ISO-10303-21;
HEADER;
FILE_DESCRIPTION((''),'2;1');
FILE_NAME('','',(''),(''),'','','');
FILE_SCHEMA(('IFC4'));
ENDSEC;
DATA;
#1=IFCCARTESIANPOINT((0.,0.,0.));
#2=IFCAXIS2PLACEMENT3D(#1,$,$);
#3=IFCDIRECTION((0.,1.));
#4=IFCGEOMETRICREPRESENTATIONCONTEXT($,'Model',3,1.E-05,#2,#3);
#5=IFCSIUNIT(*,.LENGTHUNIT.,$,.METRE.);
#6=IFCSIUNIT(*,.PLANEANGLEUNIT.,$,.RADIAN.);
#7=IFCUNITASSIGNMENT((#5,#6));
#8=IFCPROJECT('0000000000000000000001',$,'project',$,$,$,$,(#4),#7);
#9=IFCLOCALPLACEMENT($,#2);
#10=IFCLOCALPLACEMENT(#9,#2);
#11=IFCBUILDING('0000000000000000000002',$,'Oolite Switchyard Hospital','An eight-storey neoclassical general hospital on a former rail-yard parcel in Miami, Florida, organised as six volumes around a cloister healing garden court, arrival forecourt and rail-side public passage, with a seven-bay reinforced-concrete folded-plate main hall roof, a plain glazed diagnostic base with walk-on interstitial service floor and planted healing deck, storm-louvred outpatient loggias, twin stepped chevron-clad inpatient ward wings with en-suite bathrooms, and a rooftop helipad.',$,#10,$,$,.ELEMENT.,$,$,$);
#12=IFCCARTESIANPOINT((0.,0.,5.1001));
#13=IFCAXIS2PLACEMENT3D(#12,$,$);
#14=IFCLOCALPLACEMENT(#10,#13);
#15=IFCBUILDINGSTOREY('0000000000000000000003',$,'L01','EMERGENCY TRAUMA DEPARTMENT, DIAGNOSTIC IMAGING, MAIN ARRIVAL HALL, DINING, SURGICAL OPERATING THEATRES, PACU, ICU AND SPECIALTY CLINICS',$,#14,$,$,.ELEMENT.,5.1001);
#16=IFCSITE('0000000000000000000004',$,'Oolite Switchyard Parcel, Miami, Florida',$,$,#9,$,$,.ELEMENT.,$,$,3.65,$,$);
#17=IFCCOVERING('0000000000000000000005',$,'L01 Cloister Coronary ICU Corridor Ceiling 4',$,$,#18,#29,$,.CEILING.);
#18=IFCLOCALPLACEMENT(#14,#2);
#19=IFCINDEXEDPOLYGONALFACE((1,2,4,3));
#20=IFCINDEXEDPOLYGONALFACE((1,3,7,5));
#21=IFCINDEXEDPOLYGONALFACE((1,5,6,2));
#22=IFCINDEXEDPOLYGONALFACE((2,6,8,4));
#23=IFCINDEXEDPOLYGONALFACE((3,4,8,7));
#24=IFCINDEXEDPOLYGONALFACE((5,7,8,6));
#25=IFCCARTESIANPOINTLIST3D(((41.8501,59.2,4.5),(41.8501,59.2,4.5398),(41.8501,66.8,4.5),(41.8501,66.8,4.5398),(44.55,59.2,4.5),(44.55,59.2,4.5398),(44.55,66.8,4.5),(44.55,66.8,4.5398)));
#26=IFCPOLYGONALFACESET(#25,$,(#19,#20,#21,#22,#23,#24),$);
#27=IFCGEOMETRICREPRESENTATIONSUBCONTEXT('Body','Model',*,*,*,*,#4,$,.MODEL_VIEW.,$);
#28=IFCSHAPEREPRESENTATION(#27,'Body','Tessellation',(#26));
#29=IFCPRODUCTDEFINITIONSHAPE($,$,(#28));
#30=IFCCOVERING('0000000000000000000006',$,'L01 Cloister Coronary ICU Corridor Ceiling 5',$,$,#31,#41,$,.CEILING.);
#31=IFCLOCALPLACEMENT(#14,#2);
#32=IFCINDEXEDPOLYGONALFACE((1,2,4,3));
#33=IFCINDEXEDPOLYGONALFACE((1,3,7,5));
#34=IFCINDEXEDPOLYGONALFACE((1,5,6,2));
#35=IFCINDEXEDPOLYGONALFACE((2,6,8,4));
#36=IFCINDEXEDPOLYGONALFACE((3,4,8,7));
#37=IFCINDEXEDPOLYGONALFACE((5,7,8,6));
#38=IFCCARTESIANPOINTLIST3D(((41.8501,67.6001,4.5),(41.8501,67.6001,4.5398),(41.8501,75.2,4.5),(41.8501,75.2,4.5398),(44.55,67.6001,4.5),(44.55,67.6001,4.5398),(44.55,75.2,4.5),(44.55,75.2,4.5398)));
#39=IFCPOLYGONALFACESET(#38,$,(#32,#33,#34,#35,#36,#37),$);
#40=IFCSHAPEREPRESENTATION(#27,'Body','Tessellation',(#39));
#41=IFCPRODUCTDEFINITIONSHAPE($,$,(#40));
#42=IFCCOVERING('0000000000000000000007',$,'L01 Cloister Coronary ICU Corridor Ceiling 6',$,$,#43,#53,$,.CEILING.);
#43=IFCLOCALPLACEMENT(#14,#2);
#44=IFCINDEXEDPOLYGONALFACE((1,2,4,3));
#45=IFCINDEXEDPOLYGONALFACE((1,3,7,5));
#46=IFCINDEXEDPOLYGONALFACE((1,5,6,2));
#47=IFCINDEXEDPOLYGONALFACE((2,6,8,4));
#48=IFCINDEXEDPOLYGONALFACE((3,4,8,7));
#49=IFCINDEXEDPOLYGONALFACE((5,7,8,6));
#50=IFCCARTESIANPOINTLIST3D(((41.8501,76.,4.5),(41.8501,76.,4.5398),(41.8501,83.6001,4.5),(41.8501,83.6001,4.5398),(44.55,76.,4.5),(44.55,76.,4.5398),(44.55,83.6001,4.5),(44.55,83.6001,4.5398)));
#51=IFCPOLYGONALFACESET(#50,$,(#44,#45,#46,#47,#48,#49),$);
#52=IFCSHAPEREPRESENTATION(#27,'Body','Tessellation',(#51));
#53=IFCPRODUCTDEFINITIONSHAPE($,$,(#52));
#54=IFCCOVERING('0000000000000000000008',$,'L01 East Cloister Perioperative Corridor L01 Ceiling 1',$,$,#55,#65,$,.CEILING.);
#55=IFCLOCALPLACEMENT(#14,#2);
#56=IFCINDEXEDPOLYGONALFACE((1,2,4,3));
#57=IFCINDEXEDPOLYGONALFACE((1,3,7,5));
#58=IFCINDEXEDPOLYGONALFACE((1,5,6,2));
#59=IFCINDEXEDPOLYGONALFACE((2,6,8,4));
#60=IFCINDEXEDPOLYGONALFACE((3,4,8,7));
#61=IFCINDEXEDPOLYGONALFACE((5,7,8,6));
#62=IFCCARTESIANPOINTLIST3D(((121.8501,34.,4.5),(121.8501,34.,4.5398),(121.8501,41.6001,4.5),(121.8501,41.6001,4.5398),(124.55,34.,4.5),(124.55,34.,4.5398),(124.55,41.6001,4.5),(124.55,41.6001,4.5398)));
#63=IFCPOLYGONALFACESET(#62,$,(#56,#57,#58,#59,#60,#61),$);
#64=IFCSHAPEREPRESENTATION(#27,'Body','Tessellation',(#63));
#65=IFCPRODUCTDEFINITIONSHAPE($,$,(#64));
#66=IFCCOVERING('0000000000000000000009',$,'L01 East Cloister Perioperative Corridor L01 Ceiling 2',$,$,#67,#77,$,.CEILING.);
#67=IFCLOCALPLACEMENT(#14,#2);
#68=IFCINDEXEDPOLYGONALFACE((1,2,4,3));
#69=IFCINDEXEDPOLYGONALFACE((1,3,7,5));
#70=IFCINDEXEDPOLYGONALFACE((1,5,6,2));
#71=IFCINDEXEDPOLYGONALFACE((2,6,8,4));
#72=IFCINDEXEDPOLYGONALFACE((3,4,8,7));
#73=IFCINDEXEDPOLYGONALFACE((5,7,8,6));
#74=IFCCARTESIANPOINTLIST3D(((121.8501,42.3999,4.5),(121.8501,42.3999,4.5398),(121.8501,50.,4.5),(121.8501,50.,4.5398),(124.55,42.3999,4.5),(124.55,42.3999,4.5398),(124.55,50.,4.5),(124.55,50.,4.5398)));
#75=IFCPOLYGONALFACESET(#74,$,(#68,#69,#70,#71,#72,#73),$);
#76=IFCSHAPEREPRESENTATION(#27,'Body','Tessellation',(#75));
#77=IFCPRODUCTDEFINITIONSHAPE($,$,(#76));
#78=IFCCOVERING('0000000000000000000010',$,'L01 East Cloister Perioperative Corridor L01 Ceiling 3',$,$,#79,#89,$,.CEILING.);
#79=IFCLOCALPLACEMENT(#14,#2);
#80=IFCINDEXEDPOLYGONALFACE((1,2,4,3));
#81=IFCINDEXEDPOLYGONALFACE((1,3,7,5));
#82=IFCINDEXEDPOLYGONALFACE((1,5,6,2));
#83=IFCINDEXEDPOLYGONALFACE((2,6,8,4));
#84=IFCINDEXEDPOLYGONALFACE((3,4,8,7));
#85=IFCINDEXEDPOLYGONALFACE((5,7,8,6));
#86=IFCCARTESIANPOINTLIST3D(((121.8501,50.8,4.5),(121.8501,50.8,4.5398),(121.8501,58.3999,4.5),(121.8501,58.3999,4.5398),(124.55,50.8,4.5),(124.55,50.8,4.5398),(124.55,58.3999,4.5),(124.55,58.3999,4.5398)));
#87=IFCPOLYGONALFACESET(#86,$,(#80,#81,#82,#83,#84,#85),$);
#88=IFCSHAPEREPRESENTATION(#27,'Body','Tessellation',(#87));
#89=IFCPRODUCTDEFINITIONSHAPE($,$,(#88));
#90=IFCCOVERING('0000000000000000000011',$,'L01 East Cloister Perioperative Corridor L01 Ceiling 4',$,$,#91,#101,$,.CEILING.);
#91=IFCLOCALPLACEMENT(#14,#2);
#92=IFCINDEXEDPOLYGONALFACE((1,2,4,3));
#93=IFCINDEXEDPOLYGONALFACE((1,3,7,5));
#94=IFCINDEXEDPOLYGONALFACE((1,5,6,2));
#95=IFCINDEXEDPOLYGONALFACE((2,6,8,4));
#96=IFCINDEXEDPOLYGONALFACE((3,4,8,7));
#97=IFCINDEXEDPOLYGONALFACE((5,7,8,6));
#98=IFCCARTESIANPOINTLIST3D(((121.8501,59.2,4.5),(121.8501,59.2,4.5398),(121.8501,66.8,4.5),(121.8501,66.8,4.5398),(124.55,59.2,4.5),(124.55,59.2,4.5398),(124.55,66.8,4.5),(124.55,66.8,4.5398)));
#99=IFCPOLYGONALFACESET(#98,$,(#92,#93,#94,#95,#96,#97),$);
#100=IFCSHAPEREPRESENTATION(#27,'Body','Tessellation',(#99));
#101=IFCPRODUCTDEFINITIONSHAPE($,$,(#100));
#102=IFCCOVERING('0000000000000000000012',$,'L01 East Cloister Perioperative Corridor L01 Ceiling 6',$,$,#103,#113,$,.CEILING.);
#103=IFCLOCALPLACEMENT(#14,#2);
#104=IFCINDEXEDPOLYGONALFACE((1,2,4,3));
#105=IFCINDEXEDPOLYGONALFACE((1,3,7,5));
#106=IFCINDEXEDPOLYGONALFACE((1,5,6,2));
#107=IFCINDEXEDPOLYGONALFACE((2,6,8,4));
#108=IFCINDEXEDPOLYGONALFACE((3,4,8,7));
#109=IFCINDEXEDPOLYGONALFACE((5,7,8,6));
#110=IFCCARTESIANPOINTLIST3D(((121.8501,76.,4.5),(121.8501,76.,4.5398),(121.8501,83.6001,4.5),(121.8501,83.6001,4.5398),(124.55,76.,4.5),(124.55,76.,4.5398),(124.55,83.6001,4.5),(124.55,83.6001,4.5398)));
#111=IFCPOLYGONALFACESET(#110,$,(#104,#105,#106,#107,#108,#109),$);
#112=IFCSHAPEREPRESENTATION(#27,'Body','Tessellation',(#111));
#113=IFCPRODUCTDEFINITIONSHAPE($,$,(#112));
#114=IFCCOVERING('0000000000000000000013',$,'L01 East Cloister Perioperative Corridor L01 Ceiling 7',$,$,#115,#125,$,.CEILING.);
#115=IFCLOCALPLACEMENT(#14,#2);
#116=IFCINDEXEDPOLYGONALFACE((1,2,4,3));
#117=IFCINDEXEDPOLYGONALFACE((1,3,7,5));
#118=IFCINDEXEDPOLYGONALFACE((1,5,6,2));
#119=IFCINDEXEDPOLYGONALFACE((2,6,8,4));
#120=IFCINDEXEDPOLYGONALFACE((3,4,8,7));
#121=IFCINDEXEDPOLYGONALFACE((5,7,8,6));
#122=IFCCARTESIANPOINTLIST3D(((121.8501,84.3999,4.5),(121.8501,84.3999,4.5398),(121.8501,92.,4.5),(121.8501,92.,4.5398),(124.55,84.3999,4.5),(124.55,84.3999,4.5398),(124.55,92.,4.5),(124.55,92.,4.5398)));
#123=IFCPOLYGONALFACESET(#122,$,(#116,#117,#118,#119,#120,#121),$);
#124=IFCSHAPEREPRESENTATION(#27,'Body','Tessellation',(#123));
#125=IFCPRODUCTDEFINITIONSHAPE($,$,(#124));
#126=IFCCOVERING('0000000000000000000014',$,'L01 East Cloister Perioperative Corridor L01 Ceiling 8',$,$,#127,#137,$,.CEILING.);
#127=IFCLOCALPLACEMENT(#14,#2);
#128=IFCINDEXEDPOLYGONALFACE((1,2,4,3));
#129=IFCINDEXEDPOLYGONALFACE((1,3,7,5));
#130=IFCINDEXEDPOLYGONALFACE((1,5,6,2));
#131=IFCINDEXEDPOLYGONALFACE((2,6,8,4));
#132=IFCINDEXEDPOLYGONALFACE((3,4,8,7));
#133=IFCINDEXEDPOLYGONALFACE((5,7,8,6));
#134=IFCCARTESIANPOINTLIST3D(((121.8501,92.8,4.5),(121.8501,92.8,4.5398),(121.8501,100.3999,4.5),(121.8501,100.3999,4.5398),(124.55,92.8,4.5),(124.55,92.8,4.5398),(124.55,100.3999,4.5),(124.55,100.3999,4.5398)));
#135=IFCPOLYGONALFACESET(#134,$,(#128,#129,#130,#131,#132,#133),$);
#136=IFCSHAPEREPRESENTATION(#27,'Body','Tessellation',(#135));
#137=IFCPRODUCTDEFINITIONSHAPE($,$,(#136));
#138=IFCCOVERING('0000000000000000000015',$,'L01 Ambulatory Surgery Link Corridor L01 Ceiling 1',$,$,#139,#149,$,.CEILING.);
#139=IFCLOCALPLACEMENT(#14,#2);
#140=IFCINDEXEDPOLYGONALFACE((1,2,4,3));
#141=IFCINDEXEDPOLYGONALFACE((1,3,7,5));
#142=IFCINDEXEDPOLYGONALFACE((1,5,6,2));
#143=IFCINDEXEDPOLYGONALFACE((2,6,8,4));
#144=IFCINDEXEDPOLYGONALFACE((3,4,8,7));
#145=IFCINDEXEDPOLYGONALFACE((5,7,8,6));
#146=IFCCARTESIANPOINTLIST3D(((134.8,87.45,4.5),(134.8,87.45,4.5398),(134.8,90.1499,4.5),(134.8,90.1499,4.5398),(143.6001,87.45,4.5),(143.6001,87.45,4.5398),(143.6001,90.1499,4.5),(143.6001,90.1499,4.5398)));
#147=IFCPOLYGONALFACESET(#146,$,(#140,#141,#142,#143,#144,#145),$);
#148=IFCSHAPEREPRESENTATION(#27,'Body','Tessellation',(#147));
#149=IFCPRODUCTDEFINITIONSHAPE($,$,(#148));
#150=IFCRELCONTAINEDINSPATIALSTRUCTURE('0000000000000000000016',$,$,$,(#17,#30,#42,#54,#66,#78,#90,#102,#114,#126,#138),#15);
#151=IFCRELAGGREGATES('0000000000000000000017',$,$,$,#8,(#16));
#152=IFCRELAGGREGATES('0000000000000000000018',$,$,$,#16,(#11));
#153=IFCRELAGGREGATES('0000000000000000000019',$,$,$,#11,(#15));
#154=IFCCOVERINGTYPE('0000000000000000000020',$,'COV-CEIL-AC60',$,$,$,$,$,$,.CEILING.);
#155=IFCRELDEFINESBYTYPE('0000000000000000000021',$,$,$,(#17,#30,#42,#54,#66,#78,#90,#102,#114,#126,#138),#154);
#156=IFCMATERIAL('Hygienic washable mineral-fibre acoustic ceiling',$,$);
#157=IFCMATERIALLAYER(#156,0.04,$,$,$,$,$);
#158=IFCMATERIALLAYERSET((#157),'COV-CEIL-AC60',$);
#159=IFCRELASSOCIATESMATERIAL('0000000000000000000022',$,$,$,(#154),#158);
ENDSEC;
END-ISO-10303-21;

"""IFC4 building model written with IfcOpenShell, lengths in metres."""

from ifc_helpers import new_model, si_unit, direction, frame, origin, place, context, subcontext, project, spatial, polyline, outline, extrude, material, layer, layer_set, type_object, element, save


model = new_model("IFC4")

# Units and contexts
model_context = context("Model", 3, precision=1e-05, world=origin(), true_north=direction((0.0, 1.0)))
body_context = subcontext(model_context, "Body", "Model", "MODEL_VIEW")
ifc_project = project(units=[si_unit("LENGTHUNIT", "METRE"), si_unit("PLANEANGLEUNIT", "RADIAN")], contexts=[model_context])

# Site, building, storey
site_placement = place(None, origin())
site = spatial("IfcSite", under=ifc_project, at=site_placement, Name="Oolite Switchyard Parcel, Miami, Florida", CompositionType="ELEMENT", RefElevation=3.65)
building_placement = place(site_placement, origin())
building = spatial("IfcBuilding", under=site, at=building_placement, Name="Oolite Switchyard Hospital", Description="An eight-storey neoclassical general hospital on a former rail-yard parcel in Miami, Florida, organised as six volumes around a cloister healing garden court, arrival forecourt and rail-side public passage, with a seven-bay reinforced-concrete folded-plate main hall roof, a plain glazed diagnostic base with walk-on interstitial service floor and planted healing deck, storm-louvred outpatient loggias, twin stepped chevron-clad inpatient ward wings with en-suite bathrooms, and a rooftop helipad.", CompositionType="ELEMENT")
storey_placement = place(building_placement, frame((0.0, 0.0, 5.1001)))
storey = spatial("IfcBuildingStorey", under=building, at=storey_placement, Name="L01", Description="EMERGENCY TRAUMA DEPARTMENT, DIAGNOSTIC IMAGING, MAIN ARRIVAL HALL, DINING, SURGICAL OPERATING THEATRES, PACU, ICU AND SPECIALTY CLINICS", CompositionType="ELEMENT", Elevation=5.1001)

# Coverings
ifc_material = material(Name="Hygienic washable mineral-fibre acoustic ceiling")
ifc_layer = layer(ifc_material, 0.04)
ifc_layer_set = layer_set([ifc_layer], Name="COV-CEIL-AC60")
covering_type = type_object("IfcCoveringType", Name="COV-CEIL-AC60", PredefinedType="CEILING", material=ifc_layer_set)
covering_1_placement = place(storey_placement, frame((0.0, 0.0, 4.5)))
element("IfcCovering", 1, at=covering_1_placement, inside=storey, type_object=covering_type, Name="L01 Cloister Coronary ICU Corridor Ceiling 4", PredefinedType="CEILING", context=body_context, shape_type="SweptSolid", body=[
    extrude(outline(polyline([(41.8501, 59.2), (44.55, 59.2), (44.55, 66.8), (41.8501, 66.8), (41.8501, 59.2)])), origin(), (0.0, 0.0, 1.0), 0.0398),
])
covering_2_placement = place(storey_placement, frame((0.0, 0.0, 4.5)))
element("IfcCovering", 2, at=covering_2_placement, inside=storey, type_object=covering_type, Name="L01 Cloister Coronary ICU Corridor Ceiling 5", PredefinedType="CEILING", context=body_context, shape_type="SweptSolid", body=[
    extrude(outline(polyline([(41.8501, 67.6001), (44.55, 67.6001), (44.55, 75.2), (41.8501, 75.2), (41.8501, 67.6001)])), origin(), (0.0, 0.0, 1.0), 0.0398),
])
covering_3_placement = place(storey_placement, frame((0.0, 0.0, 4.5)))
element("IfcCovering", 3, at=covering_3_placement, inside=storey, type_object=covering_type, Name="L01 Cloister Coronary ICU Corridor Ceiling 6", PredefinedType="CEILING", context=body_context, shape_type="SweptSolid", body=[
    extrude(outline(polyline([(41.8501, 76.0), (44.55, 76.0), (44.55, 83.6001), (41.8501, 83.6001), (41.8501, 76.0)])), origin(), (0.0, 0.0, 1.0), 0.0398),
])
covering_4_placement = place(storey_placement, frame((0.0, 0.0, 4.5)))
element("IfcCovering", 4, at=covering_4_placement, inside=storey, type_object=covering_type, Name="L01 East Cloister Perioperative Corridor L01 Ceiling 1", PredefinedType="CEILING", context=body_context, shape_type="SweptSolid", body=[
    extrude(outline(polyline([(121.8501, 34.0), (124.55, 34.0), (124.55, 41.6001), (121.8501, 41.6001), (121.8501, 34.0)])), origin(), (0.0, 0.0, 1.0), 0.0398),
])
covering_5_placement = place(storey_placement, frame((0.0, 0.0, 4.5)))
element("IfcCovering", 5, at=covering_5_placement, inside=storey, type_object=covering_type, Name="L01 East Cloister Perioperative Corridor L01 Ceiling 2", PredefinedType="CEILING", context=body_context, shape_type="SweptSolid", body=[
    extrude(outline(polyline([(121.8501, 42.3999), (124.55, 42.3999), (124.55, 50.0), (121.8501, 50.0), (121.8501, 42.3999)])), origin(), (0.0, 0.0, 1.0), 0.0398),
])
covering_6_placement = place(storey_placement, frame((0.0, 0.0, 4.5)))
element("IfcCovering", 6, at=covering_6_placement, inside=storey, type_object=covering_type, Name="L01 East Cloister Perioperative Corridor L01 Ceiling 3", PredefinedType="CEILING", context=body_context, shape_type="SweptSolid", body=[
    extrude(outline(polyline([(121.8501, 50.8), (124.55, 50.8), (124.55, 58.3999), (121.8501, 58.3999), (121.8501, 50.8)])), origin(), (0.0, 0.0, 1.0), 0.0398),
])
covering_7_placement = place(storey_placement, frame((0.0, 0.0, 4.5)))
element("IfcCovering", 7, at=covering_7_placement, inside=storey, type_object=covering_type, Name="L01 East Cloister Perioperative Corridor L01 Ceiling 4", PredefinedType="CEILING", context=body_context, shape_type="SweptSolid", body=[
    extrude(outline(polyline([(121.8501, 59.2), (124.55, 59.2), (124.55, 66.8), (121.8501, 66.8), (121.8501, 59.2)])), origin(), (0.0, 0.0, 1.0), 0.0398),
])
covering_8_placement = place(storey_placement, frame((0.0, 0.0, 4.5)))
element("IfcCovering", 8, at=covering_8_placement, inside=storey, type_object=covering_type, Name="L01 East Cloister Perioperative Corridor L01 Ceiling 6", PredefinedType="CEILING", context=body_context, shape_type="SweptSolid", body=[
    extrude(outline(polyline([(121.8501, 76.0), (124.55, 76.0), (124.55, 83.6001), (121.8501, 83.6001), (121.8501, 76.0)])), origin(), (0.0, 0.0, 1.0), 0.0398),
])
covering_9_placement = place(storey_placement, frame((0.0, 0.0, 4.5)))
element("IfcCovering", 9, at=covering_9_placement, inside=storey, type_object=covering_type, Name="L01 East Cloister Perioperative Corridor L01 Ceiling 7", PredefinedType="CEILING", context=body_context, shape_type="SweptSolid", body=[
    extrude(outline(polyline([(121.8501, 84.3999), (124.55, 84.3999), (124.55, 92.0), (121.8501, 92.0), (121.8501, 84.3999)])), origin(), (0.0, 0.0, 1.0), 0.0398),
])
covering_10_placement = place(storey_placement, frame((0.0, 0.0, 4.5)))
element("IfcCovering", 10, at=covering_10_placement, inside=storey, type_object=covering_type, Name="L01 East Cloister Perioperative Corridor L01 Ceiling 8", PredefinedType="CEILING", context=body_context, shape_type="SweptSolid", body=[
    extrude(outline(polyline([(121.8501, 92.8), (124.55, 92.8), (124.55, 100.3999), (121.8501, 100.3999), (121.8501, 92.8)])), origin(), (0.0, 0.0, 1.0), 0.0398),
])
covering_11_placement = place(storey_placement, frame((0.0, 0.0, 4.5)))
element("IfcCovering", 11, at=covering_11_placement, inside=storey, type_object=covering_type, Name="L01 Ambulatory Surgery Link Corridor L01 Ceiling 1", PredefinedType="CEILING", context=body_context, shape_type="SweptSolid", body=[
    extrude(outline(polyline([(134.8, 87.45), (143.6001, 87.45), (143.6001, 90.1499), (134.8, 90.1499), (134.8, 87.45)])), origin(), (0.0, 0.0, 1.0), 0.0398),
])

save(model, "model.ifc")
